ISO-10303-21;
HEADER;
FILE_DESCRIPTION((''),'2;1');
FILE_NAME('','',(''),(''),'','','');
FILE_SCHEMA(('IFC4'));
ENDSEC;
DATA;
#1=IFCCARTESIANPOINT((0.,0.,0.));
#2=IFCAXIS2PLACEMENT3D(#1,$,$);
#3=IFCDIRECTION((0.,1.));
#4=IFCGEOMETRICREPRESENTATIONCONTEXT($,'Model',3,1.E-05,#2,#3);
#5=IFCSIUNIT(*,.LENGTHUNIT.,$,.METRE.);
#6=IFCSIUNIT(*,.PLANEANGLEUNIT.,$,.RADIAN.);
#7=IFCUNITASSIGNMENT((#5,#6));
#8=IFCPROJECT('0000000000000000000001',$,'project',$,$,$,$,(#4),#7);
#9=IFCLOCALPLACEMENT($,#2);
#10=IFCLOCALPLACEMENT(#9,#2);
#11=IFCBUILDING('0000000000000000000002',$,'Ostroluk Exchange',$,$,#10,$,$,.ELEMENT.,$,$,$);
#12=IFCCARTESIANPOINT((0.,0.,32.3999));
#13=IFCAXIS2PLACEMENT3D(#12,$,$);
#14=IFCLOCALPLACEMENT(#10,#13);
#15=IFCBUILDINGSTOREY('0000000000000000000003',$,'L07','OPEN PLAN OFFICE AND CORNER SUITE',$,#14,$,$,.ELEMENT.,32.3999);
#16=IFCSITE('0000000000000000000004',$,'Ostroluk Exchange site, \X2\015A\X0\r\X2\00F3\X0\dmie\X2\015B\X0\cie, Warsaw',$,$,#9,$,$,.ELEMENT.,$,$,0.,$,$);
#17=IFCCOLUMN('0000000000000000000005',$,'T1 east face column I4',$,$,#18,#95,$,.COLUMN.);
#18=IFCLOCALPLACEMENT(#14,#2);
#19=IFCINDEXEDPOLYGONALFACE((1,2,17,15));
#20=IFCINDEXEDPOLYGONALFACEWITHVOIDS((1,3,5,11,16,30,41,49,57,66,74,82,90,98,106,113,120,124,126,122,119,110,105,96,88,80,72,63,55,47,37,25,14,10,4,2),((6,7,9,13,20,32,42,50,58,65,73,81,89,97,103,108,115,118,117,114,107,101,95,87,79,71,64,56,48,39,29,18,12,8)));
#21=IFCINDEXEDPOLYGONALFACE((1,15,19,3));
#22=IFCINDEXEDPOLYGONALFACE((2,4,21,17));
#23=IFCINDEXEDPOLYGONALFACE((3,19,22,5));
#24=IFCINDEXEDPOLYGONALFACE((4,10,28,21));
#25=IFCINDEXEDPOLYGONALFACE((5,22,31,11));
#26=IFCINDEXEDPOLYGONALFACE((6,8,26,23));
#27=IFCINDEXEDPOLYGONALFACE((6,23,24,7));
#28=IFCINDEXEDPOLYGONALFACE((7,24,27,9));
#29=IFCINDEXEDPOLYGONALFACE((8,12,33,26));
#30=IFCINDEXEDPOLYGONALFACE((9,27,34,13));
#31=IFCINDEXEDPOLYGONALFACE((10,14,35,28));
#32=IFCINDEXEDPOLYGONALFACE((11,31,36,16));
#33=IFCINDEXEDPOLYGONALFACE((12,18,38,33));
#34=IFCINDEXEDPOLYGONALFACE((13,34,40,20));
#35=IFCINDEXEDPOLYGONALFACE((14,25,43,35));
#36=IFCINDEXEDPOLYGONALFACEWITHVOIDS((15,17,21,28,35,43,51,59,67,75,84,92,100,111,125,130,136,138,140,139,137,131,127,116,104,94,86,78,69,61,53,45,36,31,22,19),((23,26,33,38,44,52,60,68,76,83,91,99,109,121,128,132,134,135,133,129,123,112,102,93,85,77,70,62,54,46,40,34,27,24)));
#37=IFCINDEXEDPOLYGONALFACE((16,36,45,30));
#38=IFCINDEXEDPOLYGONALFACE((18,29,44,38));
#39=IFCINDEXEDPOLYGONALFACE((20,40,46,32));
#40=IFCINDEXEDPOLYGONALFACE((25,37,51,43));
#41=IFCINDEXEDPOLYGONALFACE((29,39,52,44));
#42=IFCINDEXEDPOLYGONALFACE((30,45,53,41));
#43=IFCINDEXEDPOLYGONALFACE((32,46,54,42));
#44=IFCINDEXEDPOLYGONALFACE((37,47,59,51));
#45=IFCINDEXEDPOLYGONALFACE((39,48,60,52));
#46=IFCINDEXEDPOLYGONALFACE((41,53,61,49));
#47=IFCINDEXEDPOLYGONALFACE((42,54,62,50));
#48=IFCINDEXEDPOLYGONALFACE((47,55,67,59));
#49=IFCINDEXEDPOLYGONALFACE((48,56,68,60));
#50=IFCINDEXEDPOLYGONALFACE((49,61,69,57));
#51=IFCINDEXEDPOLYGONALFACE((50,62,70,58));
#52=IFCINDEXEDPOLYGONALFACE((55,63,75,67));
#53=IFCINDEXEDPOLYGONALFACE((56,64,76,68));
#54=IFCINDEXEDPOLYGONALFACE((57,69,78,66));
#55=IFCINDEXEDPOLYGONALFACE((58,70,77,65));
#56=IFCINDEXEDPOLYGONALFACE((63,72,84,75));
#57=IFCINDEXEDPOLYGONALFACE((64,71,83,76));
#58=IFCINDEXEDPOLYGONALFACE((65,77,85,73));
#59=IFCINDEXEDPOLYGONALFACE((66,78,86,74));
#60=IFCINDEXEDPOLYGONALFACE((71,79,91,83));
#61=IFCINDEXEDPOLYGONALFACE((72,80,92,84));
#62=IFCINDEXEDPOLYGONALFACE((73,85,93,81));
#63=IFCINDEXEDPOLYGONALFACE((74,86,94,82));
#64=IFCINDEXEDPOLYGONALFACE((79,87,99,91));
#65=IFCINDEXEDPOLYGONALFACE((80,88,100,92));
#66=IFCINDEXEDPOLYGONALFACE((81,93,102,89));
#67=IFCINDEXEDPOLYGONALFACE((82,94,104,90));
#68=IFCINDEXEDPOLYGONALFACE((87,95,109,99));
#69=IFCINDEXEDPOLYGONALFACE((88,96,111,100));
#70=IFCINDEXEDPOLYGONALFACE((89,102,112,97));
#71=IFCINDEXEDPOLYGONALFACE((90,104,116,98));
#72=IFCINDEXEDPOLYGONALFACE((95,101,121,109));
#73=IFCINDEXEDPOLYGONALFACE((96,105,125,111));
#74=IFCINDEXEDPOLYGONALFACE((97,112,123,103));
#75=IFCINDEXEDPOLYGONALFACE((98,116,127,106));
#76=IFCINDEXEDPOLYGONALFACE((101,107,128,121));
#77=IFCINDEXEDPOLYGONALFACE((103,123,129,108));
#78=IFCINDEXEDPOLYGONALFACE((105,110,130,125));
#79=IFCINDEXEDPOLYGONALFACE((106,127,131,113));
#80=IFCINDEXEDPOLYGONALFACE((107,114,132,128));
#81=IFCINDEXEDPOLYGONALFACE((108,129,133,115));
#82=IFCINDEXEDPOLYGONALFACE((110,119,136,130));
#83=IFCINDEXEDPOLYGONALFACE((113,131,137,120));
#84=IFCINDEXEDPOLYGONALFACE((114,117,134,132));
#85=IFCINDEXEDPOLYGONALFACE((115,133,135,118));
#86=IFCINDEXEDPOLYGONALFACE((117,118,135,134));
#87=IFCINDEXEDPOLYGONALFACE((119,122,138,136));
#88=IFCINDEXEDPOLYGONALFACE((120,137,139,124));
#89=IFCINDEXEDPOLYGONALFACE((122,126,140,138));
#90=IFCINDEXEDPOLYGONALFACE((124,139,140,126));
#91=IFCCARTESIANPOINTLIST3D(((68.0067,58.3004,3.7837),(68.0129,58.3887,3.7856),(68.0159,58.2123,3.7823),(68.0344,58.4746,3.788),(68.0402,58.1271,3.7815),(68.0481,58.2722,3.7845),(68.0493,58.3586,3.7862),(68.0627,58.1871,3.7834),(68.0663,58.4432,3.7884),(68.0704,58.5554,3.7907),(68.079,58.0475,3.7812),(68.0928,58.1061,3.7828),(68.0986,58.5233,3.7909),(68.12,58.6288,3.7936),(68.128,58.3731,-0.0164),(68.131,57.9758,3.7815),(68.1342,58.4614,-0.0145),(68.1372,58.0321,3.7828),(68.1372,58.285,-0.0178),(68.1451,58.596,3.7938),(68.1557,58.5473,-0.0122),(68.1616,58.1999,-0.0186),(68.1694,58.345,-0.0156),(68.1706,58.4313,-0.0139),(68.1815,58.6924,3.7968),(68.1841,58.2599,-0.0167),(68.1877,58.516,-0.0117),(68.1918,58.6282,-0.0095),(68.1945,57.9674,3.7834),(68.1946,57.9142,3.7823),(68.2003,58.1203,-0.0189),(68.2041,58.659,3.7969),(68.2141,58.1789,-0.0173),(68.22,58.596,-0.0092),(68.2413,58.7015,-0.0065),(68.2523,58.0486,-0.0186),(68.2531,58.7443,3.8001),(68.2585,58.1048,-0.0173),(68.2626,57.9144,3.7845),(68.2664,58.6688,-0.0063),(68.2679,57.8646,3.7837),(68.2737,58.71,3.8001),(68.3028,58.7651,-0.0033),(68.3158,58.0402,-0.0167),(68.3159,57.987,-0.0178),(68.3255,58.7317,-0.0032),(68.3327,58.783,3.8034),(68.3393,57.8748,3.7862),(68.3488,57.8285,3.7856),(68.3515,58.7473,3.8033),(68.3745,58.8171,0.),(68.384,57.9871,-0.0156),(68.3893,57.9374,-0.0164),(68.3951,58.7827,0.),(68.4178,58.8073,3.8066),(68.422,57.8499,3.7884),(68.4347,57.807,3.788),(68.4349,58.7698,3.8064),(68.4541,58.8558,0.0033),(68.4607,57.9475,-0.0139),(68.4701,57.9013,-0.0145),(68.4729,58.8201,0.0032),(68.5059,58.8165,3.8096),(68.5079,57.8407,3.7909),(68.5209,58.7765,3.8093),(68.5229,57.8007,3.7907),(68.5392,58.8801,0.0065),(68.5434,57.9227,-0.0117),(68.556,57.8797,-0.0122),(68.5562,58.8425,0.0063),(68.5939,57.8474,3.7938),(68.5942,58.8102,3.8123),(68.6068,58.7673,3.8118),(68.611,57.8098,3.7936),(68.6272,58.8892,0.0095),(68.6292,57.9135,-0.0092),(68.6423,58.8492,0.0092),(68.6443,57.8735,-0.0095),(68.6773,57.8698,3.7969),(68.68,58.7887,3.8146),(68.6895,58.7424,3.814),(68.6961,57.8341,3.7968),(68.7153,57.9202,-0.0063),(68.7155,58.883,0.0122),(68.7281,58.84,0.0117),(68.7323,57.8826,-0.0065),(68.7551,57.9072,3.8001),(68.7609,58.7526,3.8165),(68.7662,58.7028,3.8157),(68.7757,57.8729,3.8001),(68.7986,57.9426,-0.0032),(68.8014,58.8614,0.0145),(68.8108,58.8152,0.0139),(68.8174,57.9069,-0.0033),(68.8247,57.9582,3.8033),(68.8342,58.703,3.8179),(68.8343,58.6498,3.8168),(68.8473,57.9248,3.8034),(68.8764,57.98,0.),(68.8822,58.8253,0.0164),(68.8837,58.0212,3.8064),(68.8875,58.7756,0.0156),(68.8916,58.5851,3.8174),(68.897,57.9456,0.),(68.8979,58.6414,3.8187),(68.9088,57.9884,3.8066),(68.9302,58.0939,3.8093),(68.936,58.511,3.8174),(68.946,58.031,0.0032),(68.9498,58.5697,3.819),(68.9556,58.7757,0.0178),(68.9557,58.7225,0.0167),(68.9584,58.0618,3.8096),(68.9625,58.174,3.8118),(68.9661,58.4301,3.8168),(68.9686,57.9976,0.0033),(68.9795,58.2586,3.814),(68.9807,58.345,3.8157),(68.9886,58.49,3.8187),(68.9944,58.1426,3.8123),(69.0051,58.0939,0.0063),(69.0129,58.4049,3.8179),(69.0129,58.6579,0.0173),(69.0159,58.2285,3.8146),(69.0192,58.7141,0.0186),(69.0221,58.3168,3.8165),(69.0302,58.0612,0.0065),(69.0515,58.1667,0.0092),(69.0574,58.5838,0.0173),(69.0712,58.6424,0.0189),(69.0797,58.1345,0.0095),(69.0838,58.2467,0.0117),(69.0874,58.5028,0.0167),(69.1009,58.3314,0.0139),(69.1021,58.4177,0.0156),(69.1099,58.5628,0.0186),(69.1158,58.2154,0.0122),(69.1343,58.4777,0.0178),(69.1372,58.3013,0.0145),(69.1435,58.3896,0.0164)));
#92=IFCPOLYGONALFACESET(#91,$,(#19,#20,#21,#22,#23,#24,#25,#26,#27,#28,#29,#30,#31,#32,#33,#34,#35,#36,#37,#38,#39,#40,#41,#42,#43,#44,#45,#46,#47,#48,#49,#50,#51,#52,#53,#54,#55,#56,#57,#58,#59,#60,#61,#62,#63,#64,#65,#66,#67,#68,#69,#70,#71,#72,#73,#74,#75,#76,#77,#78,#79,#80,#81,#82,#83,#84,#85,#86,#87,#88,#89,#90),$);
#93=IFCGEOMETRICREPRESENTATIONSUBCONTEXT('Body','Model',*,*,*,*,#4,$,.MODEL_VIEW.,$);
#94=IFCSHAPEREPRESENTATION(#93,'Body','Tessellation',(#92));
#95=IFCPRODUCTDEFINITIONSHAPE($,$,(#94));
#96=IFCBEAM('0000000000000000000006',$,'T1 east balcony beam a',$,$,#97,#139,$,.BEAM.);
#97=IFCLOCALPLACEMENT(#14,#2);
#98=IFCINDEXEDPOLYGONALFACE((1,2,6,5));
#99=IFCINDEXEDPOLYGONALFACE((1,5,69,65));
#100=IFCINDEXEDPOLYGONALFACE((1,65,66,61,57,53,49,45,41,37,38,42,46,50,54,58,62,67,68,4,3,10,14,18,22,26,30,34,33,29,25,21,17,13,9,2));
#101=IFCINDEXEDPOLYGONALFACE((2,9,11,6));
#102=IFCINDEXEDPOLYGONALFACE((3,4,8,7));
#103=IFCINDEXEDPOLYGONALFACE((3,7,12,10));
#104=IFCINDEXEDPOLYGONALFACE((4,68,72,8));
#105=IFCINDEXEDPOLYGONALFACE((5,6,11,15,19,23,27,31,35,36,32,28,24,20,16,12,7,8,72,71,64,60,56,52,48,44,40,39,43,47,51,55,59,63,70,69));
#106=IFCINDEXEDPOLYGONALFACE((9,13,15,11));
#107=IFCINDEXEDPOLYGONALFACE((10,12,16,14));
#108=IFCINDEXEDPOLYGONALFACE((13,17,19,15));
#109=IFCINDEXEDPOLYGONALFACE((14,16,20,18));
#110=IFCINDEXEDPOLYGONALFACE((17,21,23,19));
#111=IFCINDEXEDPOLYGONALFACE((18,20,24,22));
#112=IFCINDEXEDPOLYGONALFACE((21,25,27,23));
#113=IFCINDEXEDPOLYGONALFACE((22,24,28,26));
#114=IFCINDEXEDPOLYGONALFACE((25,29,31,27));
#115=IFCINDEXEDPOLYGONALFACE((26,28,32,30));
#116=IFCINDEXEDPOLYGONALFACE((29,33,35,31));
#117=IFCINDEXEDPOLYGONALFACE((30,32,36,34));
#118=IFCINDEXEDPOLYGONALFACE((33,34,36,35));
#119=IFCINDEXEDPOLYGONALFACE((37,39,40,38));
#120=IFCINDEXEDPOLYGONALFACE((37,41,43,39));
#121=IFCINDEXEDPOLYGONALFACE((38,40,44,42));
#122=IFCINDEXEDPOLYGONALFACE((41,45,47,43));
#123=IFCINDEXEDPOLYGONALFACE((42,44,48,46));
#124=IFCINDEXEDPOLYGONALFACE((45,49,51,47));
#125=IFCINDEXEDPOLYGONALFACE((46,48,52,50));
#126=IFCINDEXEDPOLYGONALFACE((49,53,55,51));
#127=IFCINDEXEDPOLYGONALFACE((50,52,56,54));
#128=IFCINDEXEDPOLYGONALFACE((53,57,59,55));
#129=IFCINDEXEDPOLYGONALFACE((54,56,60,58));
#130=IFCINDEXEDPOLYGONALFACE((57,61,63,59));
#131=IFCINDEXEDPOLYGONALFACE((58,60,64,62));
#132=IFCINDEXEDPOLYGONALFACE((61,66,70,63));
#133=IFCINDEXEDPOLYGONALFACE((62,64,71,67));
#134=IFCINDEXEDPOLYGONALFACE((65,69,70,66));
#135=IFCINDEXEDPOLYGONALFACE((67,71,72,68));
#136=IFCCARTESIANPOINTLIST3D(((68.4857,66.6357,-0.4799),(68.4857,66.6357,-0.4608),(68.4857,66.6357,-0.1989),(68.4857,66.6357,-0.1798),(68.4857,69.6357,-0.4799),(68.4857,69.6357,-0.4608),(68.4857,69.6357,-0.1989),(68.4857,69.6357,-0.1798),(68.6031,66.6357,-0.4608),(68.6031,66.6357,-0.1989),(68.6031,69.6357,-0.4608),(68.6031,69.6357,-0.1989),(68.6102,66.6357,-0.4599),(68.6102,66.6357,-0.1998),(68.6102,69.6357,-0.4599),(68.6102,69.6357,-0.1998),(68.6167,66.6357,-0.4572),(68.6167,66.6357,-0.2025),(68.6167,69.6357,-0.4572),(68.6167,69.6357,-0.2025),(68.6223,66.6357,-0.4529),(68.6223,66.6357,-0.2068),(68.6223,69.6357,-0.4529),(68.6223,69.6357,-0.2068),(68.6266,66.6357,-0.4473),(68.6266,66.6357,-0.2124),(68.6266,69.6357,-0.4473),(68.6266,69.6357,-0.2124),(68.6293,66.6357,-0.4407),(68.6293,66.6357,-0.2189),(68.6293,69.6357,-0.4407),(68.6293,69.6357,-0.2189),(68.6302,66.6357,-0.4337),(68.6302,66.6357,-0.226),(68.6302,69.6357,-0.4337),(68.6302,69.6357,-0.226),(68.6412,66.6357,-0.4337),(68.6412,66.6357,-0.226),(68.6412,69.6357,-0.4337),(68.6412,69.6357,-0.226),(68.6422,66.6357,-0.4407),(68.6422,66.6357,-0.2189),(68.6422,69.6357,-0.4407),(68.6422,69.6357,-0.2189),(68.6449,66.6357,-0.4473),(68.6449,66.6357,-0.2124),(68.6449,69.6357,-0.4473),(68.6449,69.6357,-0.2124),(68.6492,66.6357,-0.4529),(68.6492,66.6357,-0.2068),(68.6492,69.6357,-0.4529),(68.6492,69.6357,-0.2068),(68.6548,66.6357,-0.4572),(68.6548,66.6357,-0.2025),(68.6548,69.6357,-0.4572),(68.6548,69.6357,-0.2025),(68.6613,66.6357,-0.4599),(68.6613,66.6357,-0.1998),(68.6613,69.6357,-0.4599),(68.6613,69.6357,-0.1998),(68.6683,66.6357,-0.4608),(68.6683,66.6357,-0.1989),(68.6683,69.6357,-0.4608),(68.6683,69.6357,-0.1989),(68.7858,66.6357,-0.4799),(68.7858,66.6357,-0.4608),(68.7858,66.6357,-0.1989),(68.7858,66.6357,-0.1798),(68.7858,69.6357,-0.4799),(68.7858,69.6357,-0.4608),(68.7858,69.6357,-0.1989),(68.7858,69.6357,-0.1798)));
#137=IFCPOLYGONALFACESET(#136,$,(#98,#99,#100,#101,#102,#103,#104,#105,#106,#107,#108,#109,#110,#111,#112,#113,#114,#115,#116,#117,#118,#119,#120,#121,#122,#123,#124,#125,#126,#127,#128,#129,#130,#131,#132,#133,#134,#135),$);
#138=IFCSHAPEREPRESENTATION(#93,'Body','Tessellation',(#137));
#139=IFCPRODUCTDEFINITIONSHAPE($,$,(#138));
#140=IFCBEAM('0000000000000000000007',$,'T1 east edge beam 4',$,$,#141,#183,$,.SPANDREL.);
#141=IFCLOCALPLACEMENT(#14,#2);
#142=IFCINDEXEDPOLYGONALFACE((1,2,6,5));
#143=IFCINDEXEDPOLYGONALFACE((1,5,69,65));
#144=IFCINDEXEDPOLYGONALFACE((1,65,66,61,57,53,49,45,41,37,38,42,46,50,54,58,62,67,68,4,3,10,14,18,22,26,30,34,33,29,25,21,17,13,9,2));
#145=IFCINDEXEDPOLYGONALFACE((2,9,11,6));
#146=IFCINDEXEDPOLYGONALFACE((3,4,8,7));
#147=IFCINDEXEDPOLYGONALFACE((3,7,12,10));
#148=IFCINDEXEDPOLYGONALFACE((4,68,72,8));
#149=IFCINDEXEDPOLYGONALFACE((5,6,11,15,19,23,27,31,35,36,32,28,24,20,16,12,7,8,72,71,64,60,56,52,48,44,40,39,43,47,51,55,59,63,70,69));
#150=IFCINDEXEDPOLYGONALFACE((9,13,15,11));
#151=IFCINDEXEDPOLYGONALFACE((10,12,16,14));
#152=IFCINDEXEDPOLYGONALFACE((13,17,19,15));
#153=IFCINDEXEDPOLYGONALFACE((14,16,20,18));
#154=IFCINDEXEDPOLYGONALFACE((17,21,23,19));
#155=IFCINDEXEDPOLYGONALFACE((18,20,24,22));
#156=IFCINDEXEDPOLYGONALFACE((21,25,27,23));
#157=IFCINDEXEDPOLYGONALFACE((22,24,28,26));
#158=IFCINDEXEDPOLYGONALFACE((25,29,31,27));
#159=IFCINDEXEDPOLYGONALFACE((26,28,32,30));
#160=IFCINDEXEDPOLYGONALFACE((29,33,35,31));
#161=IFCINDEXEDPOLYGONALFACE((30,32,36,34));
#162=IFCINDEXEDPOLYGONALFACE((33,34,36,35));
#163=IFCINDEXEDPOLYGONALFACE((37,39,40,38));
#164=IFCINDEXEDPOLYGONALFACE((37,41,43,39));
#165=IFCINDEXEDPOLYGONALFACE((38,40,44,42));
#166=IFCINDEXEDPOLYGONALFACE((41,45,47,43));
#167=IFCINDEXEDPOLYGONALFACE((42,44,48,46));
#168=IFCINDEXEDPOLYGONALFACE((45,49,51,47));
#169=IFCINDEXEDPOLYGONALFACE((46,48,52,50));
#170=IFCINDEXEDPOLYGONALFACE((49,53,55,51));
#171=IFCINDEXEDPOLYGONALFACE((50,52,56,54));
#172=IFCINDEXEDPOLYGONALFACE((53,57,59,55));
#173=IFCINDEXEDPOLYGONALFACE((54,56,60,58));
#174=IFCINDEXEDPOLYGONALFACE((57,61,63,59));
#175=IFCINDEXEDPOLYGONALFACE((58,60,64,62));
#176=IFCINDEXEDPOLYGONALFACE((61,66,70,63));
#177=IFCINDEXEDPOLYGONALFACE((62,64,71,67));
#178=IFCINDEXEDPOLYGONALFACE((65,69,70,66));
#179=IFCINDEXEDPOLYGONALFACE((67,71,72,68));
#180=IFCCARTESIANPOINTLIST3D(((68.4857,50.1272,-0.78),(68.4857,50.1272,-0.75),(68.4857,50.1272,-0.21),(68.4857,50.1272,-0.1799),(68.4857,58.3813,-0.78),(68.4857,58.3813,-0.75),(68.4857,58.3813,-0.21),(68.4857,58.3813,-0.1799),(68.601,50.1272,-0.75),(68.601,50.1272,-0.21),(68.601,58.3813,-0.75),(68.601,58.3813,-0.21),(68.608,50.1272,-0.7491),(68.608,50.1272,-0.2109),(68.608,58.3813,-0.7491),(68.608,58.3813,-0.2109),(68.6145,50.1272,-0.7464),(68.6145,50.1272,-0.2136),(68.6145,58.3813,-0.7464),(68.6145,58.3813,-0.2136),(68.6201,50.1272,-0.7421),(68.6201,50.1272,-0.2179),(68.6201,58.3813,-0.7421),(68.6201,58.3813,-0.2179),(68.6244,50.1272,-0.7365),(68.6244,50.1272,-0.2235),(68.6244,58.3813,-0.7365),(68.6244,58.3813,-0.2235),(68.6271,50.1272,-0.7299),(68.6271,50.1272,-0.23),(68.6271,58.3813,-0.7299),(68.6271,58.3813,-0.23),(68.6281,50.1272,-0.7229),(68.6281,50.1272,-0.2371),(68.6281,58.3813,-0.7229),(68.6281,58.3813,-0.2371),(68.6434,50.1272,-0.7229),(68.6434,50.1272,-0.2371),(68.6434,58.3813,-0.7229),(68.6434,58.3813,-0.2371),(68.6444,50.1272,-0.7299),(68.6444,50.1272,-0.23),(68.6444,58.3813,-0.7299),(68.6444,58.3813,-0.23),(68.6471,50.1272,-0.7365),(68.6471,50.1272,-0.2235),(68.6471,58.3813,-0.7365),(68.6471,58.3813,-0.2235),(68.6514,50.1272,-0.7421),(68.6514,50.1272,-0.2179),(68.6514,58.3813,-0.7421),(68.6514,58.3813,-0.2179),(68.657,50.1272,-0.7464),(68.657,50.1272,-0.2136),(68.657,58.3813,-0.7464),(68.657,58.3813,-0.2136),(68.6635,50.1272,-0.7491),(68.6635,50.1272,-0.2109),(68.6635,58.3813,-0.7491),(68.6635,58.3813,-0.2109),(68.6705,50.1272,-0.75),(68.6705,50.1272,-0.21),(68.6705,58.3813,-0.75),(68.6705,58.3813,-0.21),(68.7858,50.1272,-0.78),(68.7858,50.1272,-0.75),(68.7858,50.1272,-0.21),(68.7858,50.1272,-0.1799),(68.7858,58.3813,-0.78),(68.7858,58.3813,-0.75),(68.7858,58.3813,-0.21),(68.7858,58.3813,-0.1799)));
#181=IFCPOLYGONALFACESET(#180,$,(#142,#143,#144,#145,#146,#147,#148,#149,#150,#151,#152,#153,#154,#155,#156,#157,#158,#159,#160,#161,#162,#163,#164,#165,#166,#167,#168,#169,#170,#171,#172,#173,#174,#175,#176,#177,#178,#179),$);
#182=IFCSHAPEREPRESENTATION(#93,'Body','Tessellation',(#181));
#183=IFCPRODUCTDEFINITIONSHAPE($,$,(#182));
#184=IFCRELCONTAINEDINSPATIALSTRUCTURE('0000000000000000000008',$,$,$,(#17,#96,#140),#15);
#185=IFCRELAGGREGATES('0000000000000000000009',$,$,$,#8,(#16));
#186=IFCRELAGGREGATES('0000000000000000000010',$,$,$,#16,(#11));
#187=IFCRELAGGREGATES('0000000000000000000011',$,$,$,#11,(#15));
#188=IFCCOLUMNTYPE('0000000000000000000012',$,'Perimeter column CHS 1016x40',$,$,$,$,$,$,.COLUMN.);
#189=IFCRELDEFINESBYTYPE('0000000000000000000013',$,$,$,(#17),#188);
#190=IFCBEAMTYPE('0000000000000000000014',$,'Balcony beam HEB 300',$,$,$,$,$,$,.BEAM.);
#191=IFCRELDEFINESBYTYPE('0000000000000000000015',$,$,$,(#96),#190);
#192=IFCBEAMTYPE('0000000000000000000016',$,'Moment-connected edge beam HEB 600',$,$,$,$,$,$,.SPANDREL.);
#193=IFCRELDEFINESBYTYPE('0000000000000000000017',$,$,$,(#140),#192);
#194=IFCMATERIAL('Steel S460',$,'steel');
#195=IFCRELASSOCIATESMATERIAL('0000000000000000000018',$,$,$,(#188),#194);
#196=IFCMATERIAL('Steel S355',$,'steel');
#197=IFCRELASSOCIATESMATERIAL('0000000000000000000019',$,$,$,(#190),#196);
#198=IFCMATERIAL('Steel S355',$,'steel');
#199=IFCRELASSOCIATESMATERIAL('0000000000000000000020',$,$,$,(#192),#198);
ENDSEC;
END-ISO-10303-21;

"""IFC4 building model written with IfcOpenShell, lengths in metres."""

from ifc_helpers import new_model, si_unit, direction, frame, origin, origin_2d, place, context, subcontext, project, spatial, hollow_circle, i_section, extrude, material, material_profile, profile_set, type_object, element, save


model = new_model("IFC4")

# Units and contexts
model_context = context("Model", 3, precision=1e-05, world=origin(), true_north=direction((0.0, 1.0)))
body_context = subcontext(model_context, "Body", "Model", "MODEL_VIEW")
ifc_project = project(units=[si_unit("LENGTHUNIT", "METRE"), si_unit("PLANEANGLEUNIT", "RADIAN")], contexts=[model_context])

# Site, building, storey
site_placement = place(None, origin())
site = spatial("IfcSite", under=ifc_project, at=site_placement, Name="Ostroluk Exchange site, Śródmieście, Warsaw", CompositionType="ELEMENT", RefElevation=0.0)
building_placement = place(site_placement, origin())
building = spatial("IfcBuilding", under=site, at=building_placement, Name="Ostroluk Exchange", CompositionType="ELEMENT")
storey_placement = place(building_placement, frame((0.0, 0.0, 32.3999)))
storey = spatial("IfcBuildingStorey", under=building, at=storey_placement, Name="L07", Description="OPEN PLAN OFFICE AND CORNER SUITE", CompositionType="ELEMENT", Elevation=32.3999)

# Column
ifc_material_1 = material(Name="Steel S460", Category="steel")
ifc_material_profile_1 = material_profile(ifc_material_1, hollow_circle(Radius=0.5081, WallThickness=0.04, at=origin_2d()), Name="CHS 1016x40")
ifc_profile_set_1 = profile_set([ifc_material_profile_1], Name="Steel S460")
column_type = type_object("IfcColumnType", Name="Perimeter column CHS 1016x40", PredefinedType="COLUMN", material=ifc_profile_set_1)
column_1_placement = place(storey_placement, frame((68.6357, 58.3813, 0.0), z_axis=(-0.031909, -0.019132, 0.999308), x_axis=(0.514242, -0.857645, 0.0)))
element("IfcColumn", 1, at=column_1_placement, inside=storey, type_object=column_type, Name="T1 east face column I4", PredefinedType="COLUMN", context=body_context, shape_type="SweptSolid", body=[
    extrude(hollow_circle(Radius=0.5081, WallThickness=0.04, at=origin_2d()), origin(), (0.0, 0.0, 1.0), 3.8027),
])

# Beams
ifc_material_2 = material(Name="Steel S355", Category="steel")
ifc_material_profile_2 = material_profile(ifc_material_2, i_section(OverallWidth=0.3, OverallDepth=0.3, WebThickness=0.011, FlangeThickness=0.019, FilletRadius=0.0271, at=origin_2d()), Name="HEB 300")
ifc_profile_set_2 = profile_set([ifc_material_profile_2], Name="Steel S355")
beam_type_1 = type_object("IfcBeamType", Name="Balcony beam HEB 300", PredefinedType="BEAM", material=ifc_profile_set_2)
beam_1_placement = place(storey_placement, frame((68.6357, 66.6357, -0.3298), z_axis=(0.0, 1.0, 0.0), x_axis=(-1.0, 0.0, 0.0)))
element("IfcBeam", 2, at=beam_1_placement, inside=storey, type_object=beam_type_1, Name="T1 east balcony beam a", PredefinedType="BEAM", context=body_context, shape_type="SweptSolid", body=[
    extrude(i_section(OverallWidth=0.3, OverallDepth=0.3, WebThickness=0.011, FlangeThickness=0.019, FilletRadius=0.0271, at=origin_2d()), origin(), (0.0, 0.0, 1.0), 3.0),
])
ifc_material_3 = material(Name="Steel S355", Category="steel")
ifc_material_profile_3 = material_profile(ifc_material_3, i_section(OverallWidth=0.3, OverallDepth=0.6001, WebThickness=0.0154, FlangeThickness=0.03, FilletRadius=0.0271, at=origin_2d()), Name="HEB 600")
ifc_profile_set_3 = profile_set([ifc_material_profile_3], Name="Steel S355")
beam_type_2 = type_object("IfcBeamType", Name="Moment-connected edge beam HEB 600", PredefinedType="SPANDREL", material=ifc_profile_set_3)
beam_2_placement = place(storey_placement, frame((68.6357, 50.1272, -0.48), z_axis=(0.0, 1.0, 0.0), x_axis=(-1.0, 0.0, 0.0)))
element("IfcBeam", 3, at=beam_2_placement, inside=storey, type_object=beam_type_2, Name="T1 east edge beam 4", PredefinedType="SPANDREL", context=body_context, shape_type="SweptSolid", body=[
    extrude(i_section(OverallWidth=0.3, OverallDepth=0.6001, WebThickness=0.0154, FlangeThickness=0.03, FilletRadius=0.0271, at=origin_2d()), origin(), (0.0, 0.0, 1.0), 8.2542),
])

save(model, "model.ifc")
